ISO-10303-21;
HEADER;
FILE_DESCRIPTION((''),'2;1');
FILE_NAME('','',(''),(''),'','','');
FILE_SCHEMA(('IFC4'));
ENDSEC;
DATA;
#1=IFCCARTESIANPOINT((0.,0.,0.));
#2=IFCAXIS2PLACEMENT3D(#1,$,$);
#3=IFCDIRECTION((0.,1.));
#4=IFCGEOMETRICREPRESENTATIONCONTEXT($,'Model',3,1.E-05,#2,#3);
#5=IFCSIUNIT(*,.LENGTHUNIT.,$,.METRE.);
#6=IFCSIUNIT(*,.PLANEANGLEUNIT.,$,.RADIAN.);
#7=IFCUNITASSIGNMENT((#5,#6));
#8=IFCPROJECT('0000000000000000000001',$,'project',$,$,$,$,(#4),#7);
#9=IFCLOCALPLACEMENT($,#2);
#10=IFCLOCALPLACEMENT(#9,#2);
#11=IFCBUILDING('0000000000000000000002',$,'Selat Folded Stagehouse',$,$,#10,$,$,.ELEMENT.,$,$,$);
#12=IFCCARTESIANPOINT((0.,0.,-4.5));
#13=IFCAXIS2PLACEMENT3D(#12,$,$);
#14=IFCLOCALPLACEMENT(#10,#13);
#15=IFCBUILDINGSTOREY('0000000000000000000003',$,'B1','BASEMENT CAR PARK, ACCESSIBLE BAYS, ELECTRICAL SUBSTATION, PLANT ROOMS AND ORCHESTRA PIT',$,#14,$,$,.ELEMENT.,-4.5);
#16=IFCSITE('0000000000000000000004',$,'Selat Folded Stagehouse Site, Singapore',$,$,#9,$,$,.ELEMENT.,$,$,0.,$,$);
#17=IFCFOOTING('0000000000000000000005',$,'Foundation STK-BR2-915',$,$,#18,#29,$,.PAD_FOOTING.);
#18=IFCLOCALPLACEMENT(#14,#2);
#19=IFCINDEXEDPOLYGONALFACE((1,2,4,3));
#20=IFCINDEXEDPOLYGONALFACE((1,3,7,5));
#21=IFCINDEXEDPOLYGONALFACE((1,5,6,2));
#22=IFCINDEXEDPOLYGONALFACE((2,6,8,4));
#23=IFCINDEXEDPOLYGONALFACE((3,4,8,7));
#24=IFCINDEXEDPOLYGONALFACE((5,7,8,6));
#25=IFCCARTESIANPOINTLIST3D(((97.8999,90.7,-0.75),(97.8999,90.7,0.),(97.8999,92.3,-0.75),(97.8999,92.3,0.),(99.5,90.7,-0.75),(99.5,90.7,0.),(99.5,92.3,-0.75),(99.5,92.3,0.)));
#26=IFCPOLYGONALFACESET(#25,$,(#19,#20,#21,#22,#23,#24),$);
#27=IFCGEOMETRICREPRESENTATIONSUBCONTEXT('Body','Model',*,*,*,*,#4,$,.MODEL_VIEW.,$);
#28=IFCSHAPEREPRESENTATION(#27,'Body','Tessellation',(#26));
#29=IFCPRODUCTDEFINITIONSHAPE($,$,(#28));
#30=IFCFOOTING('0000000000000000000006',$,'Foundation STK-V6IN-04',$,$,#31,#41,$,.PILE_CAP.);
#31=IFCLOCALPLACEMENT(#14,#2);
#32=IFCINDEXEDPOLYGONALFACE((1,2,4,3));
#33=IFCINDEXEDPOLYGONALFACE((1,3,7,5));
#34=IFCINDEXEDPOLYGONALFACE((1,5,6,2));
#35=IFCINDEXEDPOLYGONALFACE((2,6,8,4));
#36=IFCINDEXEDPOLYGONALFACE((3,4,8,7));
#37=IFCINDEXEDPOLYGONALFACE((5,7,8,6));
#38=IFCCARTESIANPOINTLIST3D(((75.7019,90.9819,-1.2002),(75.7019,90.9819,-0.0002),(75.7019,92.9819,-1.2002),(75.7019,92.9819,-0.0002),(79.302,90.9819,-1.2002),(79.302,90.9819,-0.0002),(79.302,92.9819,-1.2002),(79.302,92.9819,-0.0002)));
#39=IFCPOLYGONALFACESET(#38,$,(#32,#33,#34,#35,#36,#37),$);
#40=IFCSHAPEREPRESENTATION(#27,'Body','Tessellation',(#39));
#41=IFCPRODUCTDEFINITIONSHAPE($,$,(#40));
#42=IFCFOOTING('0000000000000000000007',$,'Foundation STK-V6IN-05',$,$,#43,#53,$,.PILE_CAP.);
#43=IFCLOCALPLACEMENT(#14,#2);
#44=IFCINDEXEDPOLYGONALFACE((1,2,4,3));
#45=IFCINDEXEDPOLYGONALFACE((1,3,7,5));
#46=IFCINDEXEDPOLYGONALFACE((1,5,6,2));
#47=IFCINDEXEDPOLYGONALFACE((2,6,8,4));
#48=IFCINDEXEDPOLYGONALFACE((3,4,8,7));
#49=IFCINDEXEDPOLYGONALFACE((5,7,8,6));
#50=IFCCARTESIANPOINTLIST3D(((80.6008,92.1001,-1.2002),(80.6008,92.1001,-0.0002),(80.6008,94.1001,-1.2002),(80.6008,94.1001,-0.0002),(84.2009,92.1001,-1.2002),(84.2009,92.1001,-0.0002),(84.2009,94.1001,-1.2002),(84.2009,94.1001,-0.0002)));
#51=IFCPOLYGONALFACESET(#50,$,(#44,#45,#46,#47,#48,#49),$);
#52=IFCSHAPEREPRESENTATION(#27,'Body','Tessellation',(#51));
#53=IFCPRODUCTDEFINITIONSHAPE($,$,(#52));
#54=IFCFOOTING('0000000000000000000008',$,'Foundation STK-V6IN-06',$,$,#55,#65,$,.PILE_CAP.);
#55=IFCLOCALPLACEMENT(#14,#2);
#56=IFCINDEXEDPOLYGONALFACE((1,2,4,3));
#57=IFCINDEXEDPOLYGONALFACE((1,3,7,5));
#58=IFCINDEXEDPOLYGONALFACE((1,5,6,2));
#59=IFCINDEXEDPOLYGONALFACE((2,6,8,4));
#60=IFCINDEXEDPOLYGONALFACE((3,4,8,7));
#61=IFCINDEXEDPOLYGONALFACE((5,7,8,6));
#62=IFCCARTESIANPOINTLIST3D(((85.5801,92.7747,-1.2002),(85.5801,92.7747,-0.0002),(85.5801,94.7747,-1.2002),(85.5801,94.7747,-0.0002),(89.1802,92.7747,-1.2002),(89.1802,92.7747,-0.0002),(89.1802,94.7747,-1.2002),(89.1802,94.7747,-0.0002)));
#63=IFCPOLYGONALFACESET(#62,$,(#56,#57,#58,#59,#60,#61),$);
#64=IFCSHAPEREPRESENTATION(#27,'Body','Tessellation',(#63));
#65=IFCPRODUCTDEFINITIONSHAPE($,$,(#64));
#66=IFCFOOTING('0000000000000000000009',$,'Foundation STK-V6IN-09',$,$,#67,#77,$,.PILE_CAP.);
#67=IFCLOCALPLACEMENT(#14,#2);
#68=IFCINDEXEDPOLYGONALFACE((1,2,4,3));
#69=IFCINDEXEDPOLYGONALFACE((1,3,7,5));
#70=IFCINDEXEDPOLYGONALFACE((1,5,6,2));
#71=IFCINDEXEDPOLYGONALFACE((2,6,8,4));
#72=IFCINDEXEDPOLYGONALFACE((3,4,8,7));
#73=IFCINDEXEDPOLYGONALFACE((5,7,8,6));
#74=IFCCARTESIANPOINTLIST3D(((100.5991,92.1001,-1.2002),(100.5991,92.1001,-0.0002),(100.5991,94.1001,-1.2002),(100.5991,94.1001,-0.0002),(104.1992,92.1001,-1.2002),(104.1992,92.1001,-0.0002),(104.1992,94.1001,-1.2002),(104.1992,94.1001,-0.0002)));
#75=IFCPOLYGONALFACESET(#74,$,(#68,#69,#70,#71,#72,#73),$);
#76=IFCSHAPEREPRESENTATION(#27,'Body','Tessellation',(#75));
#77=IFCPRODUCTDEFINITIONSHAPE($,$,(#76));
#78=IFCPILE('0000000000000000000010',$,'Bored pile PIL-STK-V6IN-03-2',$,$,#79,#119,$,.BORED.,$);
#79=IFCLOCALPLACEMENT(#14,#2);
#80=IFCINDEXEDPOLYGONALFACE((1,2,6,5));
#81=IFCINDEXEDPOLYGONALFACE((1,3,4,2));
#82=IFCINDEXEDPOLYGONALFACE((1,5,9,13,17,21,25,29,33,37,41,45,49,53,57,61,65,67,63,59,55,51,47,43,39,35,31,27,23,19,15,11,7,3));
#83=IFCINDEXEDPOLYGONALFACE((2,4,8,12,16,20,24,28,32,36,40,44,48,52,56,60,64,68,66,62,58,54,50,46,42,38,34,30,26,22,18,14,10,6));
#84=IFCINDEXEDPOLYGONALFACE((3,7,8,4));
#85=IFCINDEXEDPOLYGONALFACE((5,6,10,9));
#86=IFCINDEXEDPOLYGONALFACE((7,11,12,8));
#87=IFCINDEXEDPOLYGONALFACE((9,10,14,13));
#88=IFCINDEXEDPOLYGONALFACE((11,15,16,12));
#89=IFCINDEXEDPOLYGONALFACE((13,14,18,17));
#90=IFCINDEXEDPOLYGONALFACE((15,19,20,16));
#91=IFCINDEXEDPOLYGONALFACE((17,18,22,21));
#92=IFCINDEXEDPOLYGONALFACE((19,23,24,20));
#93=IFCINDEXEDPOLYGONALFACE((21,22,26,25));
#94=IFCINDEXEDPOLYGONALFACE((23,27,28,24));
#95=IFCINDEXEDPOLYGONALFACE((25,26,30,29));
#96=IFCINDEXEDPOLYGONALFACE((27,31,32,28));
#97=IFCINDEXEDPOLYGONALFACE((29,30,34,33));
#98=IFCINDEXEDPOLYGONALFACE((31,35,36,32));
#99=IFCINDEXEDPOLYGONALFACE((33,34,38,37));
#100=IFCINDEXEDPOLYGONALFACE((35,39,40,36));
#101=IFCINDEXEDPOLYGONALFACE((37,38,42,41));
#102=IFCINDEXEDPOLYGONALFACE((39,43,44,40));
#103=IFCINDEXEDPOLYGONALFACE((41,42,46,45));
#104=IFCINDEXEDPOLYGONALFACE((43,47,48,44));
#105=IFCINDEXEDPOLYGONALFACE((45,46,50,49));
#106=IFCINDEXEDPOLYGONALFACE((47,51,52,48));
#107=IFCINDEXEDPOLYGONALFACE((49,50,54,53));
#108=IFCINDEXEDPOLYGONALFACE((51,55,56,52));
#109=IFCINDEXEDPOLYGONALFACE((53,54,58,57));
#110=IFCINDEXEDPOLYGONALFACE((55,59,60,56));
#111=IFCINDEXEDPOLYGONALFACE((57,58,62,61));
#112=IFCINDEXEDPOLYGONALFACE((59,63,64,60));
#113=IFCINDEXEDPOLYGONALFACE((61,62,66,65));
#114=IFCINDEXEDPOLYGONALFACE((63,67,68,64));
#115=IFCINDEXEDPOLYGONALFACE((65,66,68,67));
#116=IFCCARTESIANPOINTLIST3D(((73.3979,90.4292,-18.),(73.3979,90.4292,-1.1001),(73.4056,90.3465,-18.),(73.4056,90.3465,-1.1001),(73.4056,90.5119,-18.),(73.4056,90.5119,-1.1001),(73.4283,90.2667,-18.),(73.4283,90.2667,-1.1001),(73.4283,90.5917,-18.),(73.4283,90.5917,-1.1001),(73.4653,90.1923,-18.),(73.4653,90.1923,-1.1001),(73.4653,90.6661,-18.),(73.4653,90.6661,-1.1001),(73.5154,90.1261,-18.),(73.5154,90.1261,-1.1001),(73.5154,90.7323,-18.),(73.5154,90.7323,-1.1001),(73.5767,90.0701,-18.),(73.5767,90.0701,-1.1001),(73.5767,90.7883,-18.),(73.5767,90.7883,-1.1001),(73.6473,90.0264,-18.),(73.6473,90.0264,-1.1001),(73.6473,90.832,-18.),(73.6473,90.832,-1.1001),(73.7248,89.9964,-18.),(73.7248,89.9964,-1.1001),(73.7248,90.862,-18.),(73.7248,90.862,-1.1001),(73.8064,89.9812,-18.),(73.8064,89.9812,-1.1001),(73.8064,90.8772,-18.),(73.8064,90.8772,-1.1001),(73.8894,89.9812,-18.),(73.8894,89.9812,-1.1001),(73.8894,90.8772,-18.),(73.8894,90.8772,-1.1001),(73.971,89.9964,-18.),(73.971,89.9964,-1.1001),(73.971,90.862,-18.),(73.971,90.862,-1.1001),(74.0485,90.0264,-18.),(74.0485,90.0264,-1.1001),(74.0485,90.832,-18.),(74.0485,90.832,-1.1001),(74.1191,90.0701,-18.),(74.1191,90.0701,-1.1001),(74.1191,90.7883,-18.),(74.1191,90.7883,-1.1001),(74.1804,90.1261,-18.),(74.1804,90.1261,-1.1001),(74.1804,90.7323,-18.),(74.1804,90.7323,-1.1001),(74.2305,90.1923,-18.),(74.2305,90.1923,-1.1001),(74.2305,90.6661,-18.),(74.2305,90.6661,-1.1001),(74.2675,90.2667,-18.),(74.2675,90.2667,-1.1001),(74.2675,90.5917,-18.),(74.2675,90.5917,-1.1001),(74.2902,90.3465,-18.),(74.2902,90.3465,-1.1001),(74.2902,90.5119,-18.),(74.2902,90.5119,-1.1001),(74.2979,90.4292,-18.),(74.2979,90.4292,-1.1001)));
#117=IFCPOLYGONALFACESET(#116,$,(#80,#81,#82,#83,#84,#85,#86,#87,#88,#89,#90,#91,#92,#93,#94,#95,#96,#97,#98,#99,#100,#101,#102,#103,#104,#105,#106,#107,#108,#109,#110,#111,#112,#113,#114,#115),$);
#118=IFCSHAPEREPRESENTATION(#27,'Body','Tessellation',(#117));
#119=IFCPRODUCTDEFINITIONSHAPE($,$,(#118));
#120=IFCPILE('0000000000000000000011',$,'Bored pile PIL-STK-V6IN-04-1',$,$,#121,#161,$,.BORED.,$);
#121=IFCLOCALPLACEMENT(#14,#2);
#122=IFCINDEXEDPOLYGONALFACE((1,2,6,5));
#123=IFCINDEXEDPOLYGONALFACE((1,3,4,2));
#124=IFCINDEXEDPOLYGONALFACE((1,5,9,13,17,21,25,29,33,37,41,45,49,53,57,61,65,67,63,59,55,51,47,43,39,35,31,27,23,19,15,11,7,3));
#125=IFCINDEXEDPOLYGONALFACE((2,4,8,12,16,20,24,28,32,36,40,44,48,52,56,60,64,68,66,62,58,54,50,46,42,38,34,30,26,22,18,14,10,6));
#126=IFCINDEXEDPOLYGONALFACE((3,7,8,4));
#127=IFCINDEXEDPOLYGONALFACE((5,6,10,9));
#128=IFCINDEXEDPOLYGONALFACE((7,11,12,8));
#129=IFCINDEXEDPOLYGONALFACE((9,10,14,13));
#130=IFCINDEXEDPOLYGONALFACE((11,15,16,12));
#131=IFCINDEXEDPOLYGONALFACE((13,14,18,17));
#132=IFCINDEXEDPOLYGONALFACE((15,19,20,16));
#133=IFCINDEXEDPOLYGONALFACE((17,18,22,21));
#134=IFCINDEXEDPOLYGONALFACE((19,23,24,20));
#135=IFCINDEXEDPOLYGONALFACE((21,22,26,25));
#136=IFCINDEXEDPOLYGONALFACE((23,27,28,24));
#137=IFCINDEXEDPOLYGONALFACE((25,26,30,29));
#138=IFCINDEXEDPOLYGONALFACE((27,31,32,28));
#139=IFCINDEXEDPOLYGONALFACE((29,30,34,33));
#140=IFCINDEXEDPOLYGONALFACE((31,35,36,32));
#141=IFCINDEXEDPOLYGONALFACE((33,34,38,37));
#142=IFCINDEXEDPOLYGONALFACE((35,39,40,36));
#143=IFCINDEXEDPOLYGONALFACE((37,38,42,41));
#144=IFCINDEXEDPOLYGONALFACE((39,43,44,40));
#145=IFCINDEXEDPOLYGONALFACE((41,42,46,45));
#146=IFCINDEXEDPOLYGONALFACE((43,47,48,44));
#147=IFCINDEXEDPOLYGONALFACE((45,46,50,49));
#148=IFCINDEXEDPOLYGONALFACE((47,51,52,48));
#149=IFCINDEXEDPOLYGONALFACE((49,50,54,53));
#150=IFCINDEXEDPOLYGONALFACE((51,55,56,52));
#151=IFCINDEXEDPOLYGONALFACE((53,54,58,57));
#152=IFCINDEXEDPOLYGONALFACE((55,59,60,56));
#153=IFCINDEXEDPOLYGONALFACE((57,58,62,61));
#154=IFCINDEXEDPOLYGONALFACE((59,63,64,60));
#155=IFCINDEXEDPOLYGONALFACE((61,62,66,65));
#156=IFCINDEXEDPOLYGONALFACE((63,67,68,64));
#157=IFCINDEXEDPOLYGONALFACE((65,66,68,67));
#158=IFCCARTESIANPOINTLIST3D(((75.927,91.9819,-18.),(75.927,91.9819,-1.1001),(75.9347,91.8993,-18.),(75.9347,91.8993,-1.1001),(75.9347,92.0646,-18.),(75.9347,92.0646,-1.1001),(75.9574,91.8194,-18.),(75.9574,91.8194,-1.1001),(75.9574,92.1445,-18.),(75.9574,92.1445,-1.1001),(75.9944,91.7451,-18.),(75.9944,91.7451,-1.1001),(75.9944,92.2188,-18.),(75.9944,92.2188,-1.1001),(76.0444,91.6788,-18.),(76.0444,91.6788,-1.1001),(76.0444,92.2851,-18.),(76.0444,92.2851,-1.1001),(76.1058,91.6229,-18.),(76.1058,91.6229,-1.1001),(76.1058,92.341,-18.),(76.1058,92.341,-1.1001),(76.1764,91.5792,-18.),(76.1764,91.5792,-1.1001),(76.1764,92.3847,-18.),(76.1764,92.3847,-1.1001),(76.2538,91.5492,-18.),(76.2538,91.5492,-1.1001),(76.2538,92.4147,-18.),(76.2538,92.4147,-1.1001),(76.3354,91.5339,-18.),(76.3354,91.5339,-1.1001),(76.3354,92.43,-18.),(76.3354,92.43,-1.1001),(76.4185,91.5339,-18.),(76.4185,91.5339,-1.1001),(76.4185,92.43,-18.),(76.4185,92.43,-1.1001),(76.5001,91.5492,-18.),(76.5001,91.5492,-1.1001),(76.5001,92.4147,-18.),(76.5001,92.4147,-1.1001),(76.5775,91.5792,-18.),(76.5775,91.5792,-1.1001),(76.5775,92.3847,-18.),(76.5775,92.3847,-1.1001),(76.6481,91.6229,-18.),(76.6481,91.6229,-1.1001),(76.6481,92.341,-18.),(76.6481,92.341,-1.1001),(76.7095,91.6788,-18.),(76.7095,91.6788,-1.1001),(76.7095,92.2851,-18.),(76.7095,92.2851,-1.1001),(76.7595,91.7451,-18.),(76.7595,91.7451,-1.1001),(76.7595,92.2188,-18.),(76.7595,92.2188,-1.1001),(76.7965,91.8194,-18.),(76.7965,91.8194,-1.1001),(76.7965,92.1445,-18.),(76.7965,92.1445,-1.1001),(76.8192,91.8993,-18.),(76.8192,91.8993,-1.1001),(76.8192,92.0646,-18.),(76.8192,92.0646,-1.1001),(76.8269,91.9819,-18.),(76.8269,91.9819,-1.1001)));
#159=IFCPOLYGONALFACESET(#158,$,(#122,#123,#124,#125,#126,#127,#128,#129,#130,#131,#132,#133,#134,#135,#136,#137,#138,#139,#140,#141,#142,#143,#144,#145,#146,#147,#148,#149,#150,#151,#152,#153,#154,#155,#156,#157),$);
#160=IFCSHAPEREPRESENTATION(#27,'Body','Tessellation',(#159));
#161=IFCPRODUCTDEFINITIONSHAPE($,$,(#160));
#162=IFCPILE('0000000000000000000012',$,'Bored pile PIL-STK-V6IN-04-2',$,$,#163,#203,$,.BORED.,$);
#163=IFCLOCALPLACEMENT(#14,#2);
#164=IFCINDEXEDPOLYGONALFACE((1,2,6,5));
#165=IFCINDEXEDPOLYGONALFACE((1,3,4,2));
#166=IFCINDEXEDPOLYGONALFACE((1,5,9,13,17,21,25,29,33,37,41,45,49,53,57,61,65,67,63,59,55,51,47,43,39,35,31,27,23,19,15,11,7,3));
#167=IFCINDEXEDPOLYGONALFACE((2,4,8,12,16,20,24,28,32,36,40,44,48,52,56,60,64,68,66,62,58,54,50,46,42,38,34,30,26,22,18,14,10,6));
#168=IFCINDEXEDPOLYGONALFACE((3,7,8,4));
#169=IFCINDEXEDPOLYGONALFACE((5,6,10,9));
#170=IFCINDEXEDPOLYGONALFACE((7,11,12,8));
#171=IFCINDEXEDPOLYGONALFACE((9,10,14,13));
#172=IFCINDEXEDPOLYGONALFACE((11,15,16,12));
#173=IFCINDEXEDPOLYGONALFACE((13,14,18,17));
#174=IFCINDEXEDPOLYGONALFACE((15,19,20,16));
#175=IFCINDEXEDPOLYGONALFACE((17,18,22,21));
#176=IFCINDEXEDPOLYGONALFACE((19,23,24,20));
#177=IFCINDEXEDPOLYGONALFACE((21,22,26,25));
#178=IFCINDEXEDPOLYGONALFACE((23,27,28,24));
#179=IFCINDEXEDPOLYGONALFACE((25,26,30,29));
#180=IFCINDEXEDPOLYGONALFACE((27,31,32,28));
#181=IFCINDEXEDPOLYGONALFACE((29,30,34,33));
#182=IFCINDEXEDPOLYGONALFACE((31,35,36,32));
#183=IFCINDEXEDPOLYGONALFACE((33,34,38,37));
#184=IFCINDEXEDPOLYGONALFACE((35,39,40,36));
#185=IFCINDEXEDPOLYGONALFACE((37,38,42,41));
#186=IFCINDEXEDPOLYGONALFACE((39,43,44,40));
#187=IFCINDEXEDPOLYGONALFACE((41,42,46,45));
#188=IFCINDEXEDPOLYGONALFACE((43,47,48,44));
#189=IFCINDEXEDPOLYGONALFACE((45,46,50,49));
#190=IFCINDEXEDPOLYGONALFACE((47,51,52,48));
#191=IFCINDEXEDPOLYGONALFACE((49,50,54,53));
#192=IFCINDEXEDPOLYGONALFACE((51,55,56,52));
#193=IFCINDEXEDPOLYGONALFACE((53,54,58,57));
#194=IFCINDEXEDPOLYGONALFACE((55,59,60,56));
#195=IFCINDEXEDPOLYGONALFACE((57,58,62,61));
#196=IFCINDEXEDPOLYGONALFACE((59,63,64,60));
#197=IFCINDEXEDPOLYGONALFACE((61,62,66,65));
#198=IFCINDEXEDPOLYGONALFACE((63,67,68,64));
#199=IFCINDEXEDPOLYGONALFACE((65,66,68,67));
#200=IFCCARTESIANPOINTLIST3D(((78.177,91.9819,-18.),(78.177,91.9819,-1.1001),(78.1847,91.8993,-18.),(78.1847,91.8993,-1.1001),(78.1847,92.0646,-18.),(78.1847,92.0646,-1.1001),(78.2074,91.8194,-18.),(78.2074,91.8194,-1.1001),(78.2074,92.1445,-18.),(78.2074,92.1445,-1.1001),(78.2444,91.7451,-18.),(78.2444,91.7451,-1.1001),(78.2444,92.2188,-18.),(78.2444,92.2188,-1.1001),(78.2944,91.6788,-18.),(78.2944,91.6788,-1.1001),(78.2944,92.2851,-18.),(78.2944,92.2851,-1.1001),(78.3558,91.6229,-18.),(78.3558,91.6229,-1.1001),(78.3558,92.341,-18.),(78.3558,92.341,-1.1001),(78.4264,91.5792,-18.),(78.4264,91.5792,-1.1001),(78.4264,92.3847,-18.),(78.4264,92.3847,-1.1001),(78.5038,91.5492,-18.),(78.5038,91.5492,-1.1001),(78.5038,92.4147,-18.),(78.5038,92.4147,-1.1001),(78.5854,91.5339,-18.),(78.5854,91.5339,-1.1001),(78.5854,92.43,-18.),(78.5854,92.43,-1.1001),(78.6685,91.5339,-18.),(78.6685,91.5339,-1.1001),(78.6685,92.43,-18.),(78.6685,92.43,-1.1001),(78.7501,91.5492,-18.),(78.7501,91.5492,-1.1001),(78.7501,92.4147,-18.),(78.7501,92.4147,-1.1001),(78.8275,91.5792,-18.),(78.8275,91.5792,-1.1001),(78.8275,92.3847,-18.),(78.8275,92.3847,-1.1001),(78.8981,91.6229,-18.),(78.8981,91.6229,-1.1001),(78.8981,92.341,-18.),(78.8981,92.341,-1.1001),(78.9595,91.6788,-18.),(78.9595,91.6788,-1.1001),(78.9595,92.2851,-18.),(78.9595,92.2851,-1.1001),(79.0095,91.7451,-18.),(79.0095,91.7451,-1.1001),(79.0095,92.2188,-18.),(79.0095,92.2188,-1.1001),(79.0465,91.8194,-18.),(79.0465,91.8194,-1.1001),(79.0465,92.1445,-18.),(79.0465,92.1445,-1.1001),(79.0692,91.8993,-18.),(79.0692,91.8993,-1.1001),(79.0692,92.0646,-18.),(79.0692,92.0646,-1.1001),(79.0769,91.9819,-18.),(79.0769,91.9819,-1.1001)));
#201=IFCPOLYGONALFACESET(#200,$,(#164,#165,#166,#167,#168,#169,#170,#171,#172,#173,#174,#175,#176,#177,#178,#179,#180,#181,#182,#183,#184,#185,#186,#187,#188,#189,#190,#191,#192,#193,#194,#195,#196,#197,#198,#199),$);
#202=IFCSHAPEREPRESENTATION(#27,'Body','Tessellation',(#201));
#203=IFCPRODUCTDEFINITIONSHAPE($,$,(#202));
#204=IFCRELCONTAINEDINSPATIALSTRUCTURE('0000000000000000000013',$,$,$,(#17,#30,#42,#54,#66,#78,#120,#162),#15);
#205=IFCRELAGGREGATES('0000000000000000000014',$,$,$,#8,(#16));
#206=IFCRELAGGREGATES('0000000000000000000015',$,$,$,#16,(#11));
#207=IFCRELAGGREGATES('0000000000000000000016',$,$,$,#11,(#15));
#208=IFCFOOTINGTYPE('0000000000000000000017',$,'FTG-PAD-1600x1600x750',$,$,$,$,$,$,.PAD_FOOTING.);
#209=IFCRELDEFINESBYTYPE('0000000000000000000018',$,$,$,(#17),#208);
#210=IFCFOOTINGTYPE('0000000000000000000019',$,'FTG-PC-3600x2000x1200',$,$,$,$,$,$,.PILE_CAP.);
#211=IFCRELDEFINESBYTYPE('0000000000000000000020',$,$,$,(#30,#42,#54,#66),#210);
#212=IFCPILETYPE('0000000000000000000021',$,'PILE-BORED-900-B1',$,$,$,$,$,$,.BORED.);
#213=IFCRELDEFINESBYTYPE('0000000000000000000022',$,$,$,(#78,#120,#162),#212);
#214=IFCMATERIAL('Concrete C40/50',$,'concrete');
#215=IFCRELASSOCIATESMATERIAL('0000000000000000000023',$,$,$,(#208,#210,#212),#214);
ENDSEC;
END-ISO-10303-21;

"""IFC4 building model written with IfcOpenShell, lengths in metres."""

from ifc_helpers import new_model, si_unit, direction, frame, origin, origin_2d, place, context, subcontext, project, spatial, rectangle, circle, extrude, material, material_profile, profile_set, type_object, element, save


model = new_model("IFC4")

# Units and contexts
model_context = context("Model", 3, precision=1e-05, world=origin(), true_north=direction((0.0, 1.0)))
body_context = subcontext(model_context, "Body", "Model", "MODEL_VIEW")
ifc_project = project(units=[si_unit("LENGTHUNIT", "METRE"), si_unit("PLANEANGLEUNIT", "RADIAN")], contexts=[model_context])

# Site, building, storey
site_placement = place(None, origin())
site = spatial("IfcSite", under=ifc_project, at=site_placement, Name="Selat Folded Stagehouse Site, Singapore", CompositionType="ELEMENT", RefElevation=0.0)
building_placement = place(site_placement, origin())
building = spatial("IfcBuilding", under=site, at=building_placement, Name="Selat Folded Stagehouse", CompositionType="ELEMENT")
storey_placement = place(building_placement, frame((0.0, 0.0, -4.5)))
storey = spatial("IfcBuildingStorey", under=building, at=storey_placement, Name="B1", Description="BASEMENT CAR PARK, ACCESSIBLE BAYS, ELECTRICAL SUBSTATION, PLANT ROOMS AND ORCHESTRA PIT", CompositionType="ELEMENT", Elevation=-4.5)

# Footings
ifc_material_1 = material(Name="Concrete C40/50", Category="concrete")
footing_type_1 = type_object("IfcFootingType", Name="FTG-PAD-1600x1600x750", PredefinedType="PAD_FOOTING", material=ifc_material_1)
footing_placement = place(storey_placement, frame((98.7, 91.5, -0.75), z_axis=(0.0, 0.0, 1.0), x_axis=(1.0, 0.0, 0.0)))
element("IfcFooting", 1, at=footing_placement, inside=storey, type_object=footing_type_1, Name="Foundation STK-BR2-915", PredefinedType="PAD_FOOTING", context=body_context, shape_type="SweptSolid", body=[
    extrude(rectangle(XDim=1.6001, YDim=1.6001, at=origin_2d()), origin(), (0.0, 0.0, 1.0), 0.75),
])
footing_type_2 = type_object("IfcFootingType", Name="FTG-PC-3600x2000x1200", PredefinedType="PILE_CAP", material=ifc_material_1)
for number, where, z_axis, x_axis, name in (
    (2, (77.502, 91.9819, -1.2002), (0.0, 0.0, 1.0), (1.0, 0.0, 0.0), "Foundation STK-V6IN-04"),
    (3, (82.4009, 93.1001, -1.2002), (0.0, 0.0, 1.0), (1.0, 0.0, 0.0), "Foundation STK-V6IN-05"),
    (4, (87.3801, 93.7747, -1.2002), (0.0, 0.0, 1.0), (1.0, 0.0, 0.0), "Foundation STK-V6IN-06"),
    (5, (102.3992, 93.1001, -1.2002), (0.0, 0.0, 1.0), (1.0, 0.0, 0.0), "Foundation STK-V6IN-09"),
):
    element("IfcFooting", number, at=place(storey_placement, frame(where, z_axis=z_axis, x_axis=x_axis)), inside=storey, type_object=footing_type_2, Name=name, PredefinedType="PILE_CAP", context=body_context, shape_type="SweptSolid", body=[
        extrude(rectangle(XDim=3.6001, YDim=2.0, at=origin_2d()), origin(), (0.0, 0.0, 1.0), 1.2),
    ])

# Piles
ifc_material_profile_1 = material_profile(ifc_material_1, circle(Radius=0.45, at=origin_2d()), Name="PILE D900")
ifc_profile_set_1 = profile_set([ifc_material_profile_1], Name="Concrete C40/50")
pile_type = type_object("IfcPileType", Name="PILE-BORED-900-B1", PredefinedType="BORED", material=ifc_profile_set_1)
for number, where, z_axis, x_axis, name in (
    (6, (73.8479, 90.4292, -1.1001), (0.0, 0.0, -1.0), (1.0, 0.0, 0.0), "Bored pile PIL-STK-V6IN-03-2"),
    (7, (76.377, 91.9819, -1.1001), (0.0, 0.0, -1.0), (1.0, 0.0, 0.0), "Bored pile PIL-STK-V6IN-04-1"),
    (8, (78.627, 91.9819, -1.1001), (0.0, 0.0, -1.0), (1.0, 0.0, 0.0), "Bored pile PIL-STK-V6IN-04-2"),
):
    element("IfcPile", number, at=place(storey_placement, frame(where, z_axis=z_axis, x_axis=x_axis)), inside=storey, type_object=pile_type, Name=name, PredefinedType="BORED", context=body_context, shape_type="SweptSolid", body=[
        extrude(circle(Radius=0.45, at=origin_2d()), origin(), (0.0, 0.0, 1.0), 16.8999),
    ])

save(model, "model.ifc")
